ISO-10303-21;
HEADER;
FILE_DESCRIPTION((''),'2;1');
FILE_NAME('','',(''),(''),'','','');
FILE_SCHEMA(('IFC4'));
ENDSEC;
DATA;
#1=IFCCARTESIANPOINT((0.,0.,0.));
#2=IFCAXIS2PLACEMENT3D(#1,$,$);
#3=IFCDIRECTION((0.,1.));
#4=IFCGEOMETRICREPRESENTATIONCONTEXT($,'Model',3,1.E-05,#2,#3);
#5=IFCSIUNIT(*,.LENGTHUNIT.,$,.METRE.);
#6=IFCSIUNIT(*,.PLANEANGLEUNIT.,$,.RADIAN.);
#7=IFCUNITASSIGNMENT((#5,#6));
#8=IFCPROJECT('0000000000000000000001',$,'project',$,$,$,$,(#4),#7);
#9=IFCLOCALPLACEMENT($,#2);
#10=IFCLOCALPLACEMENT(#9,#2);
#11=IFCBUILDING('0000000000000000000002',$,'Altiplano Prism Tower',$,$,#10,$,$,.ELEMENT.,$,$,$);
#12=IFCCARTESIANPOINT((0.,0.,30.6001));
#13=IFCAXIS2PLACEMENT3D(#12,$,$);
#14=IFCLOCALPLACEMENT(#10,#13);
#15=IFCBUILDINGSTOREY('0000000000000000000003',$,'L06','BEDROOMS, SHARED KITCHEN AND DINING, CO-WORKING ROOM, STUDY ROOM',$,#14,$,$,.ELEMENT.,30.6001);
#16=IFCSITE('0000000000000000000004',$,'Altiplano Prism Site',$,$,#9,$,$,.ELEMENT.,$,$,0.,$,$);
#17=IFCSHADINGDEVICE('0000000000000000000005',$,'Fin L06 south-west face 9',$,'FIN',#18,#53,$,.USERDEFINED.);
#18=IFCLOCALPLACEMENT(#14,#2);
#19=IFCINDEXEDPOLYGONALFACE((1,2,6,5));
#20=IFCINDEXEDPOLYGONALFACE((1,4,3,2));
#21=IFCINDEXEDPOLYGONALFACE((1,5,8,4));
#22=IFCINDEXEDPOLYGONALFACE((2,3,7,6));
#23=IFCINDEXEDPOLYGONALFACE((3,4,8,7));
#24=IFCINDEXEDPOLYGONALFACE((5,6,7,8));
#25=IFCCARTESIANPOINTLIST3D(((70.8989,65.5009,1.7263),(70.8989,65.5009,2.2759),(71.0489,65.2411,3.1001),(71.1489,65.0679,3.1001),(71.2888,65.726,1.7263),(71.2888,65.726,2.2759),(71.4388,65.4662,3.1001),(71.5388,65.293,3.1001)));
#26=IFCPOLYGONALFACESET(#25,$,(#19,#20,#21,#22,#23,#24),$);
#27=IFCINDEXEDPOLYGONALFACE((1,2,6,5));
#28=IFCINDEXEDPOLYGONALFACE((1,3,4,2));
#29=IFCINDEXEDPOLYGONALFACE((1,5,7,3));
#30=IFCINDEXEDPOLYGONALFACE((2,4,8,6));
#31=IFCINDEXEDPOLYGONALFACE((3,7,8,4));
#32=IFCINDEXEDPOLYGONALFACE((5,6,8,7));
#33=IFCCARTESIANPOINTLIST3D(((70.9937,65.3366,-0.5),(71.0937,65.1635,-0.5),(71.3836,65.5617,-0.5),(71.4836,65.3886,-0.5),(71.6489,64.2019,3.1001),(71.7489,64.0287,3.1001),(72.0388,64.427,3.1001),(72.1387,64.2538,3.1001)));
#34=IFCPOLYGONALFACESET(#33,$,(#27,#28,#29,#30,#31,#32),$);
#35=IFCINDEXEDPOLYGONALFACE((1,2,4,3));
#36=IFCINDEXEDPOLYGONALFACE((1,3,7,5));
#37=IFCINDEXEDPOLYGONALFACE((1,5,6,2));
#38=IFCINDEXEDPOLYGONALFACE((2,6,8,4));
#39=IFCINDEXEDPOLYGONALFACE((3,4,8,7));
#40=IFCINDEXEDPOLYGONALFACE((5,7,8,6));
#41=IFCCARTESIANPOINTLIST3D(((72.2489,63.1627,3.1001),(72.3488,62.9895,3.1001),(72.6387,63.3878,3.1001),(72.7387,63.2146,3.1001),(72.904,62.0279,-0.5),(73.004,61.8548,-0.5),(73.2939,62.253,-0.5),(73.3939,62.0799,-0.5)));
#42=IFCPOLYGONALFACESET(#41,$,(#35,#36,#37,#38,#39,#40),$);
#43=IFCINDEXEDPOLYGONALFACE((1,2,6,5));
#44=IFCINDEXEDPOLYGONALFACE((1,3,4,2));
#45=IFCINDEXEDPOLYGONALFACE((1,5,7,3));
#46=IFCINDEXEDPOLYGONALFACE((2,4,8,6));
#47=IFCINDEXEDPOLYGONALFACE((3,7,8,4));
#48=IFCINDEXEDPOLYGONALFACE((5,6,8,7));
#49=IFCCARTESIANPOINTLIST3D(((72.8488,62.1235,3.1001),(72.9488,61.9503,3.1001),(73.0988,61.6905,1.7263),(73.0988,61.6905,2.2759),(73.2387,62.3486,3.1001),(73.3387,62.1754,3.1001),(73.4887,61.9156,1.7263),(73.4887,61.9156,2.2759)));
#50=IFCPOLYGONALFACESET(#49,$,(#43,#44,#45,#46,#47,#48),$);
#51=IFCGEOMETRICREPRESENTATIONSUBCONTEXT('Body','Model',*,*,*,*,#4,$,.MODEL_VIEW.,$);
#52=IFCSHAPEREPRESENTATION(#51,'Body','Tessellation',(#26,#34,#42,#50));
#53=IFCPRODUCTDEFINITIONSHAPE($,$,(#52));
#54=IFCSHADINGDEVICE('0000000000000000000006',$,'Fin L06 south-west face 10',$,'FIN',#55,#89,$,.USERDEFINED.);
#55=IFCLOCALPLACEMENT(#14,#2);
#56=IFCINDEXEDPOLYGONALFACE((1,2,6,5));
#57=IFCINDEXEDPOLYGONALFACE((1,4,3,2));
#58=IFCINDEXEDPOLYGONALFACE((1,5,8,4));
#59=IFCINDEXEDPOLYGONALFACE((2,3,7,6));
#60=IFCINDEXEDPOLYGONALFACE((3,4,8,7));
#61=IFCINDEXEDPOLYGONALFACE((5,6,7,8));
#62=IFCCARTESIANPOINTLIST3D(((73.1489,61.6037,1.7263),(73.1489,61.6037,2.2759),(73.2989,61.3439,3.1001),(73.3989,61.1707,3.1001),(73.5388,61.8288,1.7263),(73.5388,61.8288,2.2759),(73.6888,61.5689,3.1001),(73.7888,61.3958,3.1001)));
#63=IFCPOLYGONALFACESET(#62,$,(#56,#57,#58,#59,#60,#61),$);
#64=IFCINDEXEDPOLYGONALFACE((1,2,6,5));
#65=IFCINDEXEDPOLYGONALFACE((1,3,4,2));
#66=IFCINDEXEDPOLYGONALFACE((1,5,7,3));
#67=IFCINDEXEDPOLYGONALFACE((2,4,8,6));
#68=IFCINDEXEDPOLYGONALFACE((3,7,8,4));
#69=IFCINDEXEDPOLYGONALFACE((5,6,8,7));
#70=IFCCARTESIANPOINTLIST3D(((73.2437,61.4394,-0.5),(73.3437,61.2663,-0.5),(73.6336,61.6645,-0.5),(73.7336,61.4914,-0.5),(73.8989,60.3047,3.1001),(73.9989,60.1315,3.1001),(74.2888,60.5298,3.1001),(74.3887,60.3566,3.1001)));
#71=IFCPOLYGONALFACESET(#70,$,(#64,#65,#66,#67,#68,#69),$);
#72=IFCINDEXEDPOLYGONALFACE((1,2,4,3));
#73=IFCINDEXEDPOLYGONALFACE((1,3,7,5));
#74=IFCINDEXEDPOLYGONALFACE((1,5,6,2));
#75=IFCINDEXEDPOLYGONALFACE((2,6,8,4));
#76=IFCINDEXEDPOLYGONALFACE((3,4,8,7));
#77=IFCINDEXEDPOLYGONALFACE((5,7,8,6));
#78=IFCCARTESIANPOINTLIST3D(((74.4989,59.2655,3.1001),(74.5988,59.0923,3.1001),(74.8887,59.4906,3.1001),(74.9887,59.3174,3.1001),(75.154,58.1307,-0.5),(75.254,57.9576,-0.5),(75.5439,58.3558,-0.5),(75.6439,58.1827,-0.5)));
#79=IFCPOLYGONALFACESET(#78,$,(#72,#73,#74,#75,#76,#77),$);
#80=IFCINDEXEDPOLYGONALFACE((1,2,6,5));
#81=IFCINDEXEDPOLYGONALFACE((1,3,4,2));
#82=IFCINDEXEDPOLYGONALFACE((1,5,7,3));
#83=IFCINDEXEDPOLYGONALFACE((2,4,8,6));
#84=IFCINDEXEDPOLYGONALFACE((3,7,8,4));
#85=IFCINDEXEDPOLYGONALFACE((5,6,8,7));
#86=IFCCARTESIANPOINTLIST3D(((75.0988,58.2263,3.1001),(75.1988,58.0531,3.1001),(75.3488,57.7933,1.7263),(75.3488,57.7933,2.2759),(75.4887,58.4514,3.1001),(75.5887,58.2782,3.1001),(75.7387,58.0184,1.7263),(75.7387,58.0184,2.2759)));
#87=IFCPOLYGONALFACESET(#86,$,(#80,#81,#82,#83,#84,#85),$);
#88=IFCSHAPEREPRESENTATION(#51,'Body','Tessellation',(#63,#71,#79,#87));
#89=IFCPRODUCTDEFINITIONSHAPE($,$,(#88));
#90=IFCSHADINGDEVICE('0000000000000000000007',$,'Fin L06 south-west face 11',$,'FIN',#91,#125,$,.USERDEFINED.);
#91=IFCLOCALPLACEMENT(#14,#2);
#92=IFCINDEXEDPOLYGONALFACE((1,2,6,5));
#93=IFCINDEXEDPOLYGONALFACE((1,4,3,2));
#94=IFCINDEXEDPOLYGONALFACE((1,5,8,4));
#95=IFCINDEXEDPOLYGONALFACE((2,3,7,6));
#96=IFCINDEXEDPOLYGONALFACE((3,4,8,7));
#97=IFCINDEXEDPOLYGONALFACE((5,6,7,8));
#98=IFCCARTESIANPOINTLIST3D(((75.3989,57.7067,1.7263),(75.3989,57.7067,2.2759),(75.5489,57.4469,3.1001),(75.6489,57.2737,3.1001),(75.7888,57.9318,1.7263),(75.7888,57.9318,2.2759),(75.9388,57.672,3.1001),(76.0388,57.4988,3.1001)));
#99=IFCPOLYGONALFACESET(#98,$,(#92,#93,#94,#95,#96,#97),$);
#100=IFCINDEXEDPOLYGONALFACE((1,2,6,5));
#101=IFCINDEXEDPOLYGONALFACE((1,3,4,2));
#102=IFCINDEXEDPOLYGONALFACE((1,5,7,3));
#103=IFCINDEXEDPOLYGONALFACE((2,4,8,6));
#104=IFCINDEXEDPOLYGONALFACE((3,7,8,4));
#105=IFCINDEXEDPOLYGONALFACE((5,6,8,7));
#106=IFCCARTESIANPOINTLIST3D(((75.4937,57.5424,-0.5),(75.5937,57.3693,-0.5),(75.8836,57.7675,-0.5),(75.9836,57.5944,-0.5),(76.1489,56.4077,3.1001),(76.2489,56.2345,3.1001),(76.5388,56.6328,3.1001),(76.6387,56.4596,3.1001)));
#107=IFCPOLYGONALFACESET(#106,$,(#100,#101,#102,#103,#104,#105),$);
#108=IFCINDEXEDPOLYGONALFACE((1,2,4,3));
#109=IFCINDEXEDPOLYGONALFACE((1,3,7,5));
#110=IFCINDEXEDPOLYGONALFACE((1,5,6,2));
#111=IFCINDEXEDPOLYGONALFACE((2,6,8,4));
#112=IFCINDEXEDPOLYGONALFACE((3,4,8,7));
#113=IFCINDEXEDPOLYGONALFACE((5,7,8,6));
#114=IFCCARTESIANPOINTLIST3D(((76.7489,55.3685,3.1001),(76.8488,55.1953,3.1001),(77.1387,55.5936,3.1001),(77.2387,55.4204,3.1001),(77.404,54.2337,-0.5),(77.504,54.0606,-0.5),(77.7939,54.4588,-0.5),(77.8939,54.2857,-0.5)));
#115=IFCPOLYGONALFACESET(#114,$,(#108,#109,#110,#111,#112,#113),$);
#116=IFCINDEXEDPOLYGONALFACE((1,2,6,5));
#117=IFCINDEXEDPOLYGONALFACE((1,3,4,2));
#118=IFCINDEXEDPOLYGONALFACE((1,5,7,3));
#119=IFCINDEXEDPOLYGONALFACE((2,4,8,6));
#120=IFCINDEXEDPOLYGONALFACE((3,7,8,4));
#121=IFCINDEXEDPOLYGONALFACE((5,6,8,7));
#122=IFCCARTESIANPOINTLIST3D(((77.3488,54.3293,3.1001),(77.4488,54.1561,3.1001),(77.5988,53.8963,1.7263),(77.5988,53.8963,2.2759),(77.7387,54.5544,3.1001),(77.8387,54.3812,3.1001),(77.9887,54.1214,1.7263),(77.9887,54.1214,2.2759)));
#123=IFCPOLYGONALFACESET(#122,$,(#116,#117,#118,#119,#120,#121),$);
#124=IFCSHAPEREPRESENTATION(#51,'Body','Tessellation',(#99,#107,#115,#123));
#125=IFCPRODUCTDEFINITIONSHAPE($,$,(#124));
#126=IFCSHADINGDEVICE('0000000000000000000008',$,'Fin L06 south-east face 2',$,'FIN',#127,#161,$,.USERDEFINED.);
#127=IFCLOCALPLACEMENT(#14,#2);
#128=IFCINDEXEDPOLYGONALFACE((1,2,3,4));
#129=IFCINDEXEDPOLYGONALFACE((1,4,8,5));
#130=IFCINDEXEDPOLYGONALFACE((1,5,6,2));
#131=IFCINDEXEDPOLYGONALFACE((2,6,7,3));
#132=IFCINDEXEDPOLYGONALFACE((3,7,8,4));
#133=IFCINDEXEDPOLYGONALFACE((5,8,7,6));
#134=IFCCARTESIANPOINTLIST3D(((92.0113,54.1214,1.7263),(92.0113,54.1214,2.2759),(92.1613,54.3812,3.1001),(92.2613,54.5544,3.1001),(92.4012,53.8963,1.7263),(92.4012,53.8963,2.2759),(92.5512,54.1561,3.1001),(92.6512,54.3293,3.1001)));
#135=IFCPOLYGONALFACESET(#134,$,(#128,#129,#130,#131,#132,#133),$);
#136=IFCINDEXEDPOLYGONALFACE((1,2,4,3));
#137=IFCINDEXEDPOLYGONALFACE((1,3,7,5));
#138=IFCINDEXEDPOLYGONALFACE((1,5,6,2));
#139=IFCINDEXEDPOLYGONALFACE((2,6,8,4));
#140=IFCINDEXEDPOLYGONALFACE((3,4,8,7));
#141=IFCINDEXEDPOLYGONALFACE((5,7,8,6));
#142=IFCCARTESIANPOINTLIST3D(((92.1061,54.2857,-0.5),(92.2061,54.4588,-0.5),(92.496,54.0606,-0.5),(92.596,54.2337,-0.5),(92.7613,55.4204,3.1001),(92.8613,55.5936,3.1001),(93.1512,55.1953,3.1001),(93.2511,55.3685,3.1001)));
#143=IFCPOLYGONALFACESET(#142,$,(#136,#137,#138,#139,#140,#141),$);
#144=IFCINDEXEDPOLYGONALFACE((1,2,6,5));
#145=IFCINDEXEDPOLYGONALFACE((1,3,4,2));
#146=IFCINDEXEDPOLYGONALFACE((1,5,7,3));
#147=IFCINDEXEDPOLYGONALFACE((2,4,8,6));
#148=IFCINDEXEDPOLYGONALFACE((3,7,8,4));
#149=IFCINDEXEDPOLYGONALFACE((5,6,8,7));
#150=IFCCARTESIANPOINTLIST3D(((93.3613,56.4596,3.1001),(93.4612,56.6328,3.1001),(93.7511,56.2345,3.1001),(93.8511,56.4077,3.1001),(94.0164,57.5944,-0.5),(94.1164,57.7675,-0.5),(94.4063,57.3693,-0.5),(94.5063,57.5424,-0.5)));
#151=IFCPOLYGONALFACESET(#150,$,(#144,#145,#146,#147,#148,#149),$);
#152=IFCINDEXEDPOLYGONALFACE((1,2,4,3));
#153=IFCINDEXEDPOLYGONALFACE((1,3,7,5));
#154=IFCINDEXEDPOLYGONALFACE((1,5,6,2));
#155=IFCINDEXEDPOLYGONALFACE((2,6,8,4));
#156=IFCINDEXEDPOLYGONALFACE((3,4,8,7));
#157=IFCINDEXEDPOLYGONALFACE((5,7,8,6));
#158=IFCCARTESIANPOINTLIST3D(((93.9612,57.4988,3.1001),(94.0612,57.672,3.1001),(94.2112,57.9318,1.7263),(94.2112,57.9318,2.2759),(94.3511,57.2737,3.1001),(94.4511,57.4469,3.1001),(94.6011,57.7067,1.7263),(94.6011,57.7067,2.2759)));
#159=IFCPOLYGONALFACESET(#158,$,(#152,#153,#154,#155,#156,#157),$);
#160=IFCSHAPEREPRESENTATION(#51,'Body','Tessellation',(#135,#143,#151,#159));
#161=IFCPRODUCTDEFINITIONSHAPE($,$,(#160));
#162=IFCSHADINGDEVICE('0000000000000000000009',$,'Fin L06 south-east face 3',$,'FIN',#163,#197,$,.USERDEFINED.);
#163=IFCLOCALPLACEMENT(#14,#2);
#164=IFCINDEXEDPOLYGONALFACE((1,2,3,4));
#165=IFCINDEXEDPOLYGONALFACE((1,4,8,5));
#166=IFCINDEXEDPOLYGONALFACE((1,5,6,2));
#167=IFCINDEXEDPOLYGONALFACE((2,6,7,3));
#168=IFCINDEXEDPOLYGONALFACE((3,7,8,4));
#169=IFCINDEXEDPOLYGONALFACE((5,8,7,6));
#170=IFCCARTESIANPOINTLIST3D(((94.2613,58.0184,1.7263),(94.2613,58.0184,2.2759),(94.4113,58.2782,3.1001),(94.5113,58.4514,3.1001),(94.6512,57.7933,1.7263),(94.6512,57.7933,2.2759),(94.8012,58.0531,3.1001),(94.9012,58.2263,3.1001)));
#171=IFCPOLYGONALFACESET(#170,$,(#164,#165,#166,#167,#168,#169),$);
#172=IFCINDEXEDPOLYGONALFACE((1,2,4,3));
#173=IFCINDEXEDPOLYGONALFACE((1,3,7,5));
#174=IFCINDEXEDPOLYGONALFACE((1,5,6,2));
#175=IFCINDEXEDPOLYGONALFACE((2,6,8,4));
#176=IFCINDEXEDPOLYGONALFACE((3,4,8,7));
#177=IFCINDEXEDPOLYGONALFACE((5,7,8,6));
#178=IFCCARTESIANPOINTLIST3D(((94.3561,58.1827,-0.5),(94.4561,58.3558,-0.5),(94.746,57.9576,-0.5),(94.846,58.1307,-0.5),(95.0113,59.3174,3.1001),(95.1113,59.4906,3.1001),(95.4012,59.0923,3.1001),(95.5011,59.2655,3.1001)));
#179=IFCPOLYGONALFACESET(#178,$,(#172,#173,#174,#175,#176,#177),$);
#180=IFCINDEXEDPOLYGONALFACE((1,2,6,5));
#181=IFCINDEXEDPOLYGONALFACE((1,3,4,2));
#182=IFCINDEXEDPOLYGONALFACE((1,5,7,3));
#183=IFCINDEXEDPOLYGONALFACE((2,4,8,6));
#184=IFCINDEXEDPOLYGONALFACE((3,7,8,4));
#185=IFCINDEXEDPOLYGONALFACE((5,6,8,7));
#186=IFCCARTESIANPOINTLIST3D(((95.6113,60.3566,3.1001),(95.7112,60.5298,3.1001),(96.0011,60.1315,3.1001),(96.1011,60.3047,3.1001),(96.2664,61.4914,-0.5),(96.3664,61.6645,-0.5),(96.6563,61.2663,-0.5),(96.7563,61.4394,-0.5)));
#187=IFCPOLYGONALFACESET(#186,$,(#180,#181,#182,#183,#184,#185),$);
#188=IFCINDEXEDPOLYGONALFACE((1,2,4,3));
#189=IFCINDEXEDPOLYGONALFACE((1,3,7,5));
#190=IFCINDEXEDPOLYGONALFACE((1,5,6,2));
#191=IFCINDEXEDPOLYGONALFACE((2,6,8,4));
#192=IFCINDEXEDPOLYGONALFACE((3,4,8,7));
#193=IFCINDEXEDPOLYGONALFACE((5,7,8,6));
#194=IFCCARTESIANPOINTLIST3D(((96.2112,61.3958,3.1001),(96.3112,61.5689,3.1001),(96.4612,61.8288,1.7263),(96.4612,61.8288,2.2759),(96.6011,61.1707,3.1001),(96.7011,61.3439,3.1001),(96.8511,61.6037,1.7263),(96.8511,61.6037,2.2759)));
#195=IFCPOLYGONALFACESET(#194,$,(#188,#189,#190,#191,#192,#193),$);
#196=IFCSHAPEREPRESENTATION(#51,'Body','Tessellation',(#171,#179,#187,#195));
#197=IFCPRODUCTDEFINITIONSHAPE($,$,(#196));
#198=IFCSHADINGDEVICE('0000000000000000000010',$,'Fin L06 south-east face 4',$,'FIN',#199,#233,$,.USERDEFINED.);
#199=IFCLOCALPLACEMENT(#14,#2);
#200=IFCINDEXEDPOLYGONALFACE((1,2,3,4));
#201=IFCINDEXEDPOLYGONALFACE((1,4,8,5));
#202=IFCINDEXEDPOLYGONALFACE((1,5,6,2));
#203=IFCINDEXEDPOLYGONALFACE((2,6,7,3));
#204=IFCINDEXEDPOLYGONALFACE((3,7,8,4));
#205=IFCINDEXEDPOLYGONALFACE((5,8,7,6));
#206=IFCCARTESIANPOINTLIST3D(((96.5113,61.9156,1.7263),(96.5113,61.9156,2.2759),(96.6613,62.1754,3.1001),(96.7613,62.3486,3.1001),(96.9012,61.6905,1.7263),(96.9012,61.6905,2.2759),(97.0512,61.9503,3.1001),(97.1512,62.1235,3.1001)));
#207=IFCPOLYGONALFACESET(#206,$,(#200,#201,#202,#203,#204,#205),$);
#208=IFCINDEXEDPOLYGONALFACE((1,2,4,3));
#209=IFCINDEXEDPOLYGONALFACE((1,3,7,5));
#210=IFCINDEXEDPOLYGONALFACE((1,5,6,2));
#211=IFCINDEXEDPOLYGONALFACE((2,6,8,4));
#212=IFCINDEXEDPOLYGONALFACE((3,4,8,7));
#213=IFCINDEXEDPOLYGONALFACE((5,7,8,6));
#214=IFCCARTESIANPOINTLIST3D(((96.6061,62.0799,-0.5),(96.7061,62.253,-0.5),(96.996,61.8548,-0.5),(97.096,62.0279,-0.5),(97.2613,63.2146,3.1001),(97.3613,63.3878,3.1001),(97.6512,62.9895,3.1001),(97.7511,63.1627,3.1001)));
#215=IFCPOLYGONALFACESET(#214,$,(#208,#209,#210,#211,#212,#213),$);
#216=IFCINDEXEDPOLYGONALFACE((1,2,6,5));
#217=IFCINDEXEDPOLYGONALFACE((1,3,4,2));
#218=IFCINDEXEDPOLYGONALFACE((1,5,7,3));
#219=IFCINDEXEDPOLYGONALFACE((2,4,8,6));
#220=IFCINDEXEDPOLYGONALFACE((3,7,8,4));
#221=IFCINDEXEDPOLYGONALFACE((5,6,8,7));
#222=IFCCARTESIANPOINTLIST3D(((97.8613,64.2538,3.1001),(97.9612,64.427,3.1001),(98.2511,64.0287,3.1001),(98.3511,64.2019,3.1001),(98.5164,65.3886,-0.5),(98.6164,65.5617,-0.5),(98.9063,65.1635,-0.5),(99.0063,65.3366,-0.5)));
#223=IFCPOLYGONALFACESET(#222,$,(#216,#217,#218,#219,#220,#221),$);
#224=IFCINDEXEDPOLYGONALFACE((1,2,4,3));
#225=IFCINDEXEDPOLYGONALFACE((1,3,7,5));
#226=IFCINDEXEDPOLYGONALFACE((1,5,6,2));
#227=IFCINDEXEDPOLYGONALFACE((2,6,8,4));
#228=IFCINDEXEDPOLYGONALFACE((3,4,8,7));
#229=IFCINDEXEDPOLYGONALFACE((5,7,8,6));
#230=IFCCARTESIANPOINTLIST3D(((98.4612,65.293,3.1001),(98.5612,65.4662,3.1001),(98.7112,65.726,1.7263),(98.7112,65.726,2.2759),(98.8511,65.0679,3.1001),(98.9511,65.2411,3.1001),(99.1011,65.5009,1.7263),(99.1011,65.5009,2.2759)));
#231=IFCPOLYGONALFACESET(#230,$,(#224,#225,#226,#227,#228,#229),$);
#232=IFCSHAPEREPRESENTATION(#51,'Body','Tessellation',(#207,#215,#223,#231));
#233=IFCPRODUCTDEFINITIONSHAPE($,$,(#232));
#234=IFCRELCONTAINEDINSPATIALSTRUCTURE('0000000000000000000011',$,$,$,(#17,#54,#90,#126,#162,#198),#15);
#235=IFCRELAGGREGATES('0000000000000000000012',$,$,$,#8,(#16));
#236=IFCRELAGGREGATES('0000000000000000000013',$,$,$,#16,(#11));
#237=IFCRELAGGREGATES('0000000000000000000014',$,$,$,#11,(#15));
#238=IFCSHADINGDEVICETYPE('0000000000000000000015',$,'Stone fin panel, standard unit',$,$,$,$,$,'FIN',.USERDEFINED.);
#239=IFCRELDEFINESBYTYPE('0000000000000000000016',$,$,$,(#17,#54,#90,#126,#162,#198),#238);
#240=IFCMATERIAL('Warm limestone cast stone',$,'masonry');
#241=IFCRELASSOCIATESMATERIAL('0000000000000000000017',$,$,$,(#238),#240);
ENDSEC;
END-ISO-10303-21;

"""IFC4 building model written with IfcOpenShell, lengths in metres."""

from ifc_helpers import new_model, si_unit, direction, frame, origin, place, context, subcontext, project, spatial, polyline, outline, extrude, source, transform, mapped, material, type_object, element, save


model = new_model("IFC4")

# Units and contexts
model_context = context("Model", 3, precision=1e-05, world=origin(), true_north=direction((0.0, 1.0)))
body_context = subcontext(model_context, "Body", "Model", "MODEL_VIEW")
ifc_project = project(units=[si_unit("LENGTHUNIT", "METRE"), si_unit("PLANEANGLEUNIT", "RADIAN")], contexts=[model_context])

# Site, building, storey
site_placement = place(None, origin())
site = spatial("IfcSite", under=ifc_project, at=site_placement, Name="Altiplano Prism Site", CompositionType="ELEMENT", RefElevation=0.0)
building_placement = place(site_placement, origin())
building = spatial("IfcBuilding", under=site, at=building_placement, Name="Altiplano Prism Tower", CompositionType="ELEMENT")
storey_placement = place(building_placement, frame((0.0, 0.0, 30.6001)))
storey = spatial("IfcBuildingStorey", under=building, at=storey_placement, Name="L06", Description="BEDROOMS, SHARED KITCHEN AND DINING, CO-WORKING ROOM, STUDY ROOM", CompositionType="ELEMENT", Elevation=30.6001)

# Shading devices
ifc_material_1 = material(Name="Warm limestone cast stone", Category="masonry")
shading_device_type_1 = type_object("IfcShadingDeviceType", Name="Stone fin panel, standard unit", ElementType="FIN", PredefinedType="USERDEFINED", material=ifc_material_1)
shared_shape_1 = source(origin(), body_context, "Body", "SweptSolid", [
    extrude(outline(polyline([(-2.2, 2.2263), (-1.7, 3.6001), (-1.8999, 3.6001), (-2.2, 2.7759), (-2.2, 2.2263)])), frame((0.0, -0.1499, 0.0), z_axis=(0.0, -1.0, 0.0), x_axis=(1.0, 0.0, 0.0)), (0.0, 0.0, 1.0), 0.4502),
    extrude(outline(polyline([(-2.0103, 0.0), (-1.8103, 0.0), (-0.5, 3.6001), (-0.7, 3.6001), (-2.0103, 0.0)])), frame((0.0, -0.1499, 0.0), z_axis=(0.0, -1.0, 0.0), x_axis=(1.0, 0.0, 0.0)), (0.0, 0.0, 1.0), 0.4502),
    extrude(outline(polyline([(1.8103, 0.0), (2.0103, 0.0), (0.7, 3.6001), (0.5, 3.6001), (1.8103, 0.0)])), frame((0.0, -0.1499, 0.0), z_axis=(0.0, -1.0, 0.0), x_axis=(1.0, 0.0, 0.0)), (0.0, 0.0, 1.0), 0.4502),
    extrude(outline(polyline([(2.2, 2.7759), (1.8999, 3.6001), (1.7, 3.6001), (2.2, 2.2263), (2.2, 2.7759)])), frame((0.0, -0.1499, 0.0), z_axis=(0.0, -1.0, 0.0), x_axis=(1.0, 0.0, 0.0)), (0.0, 0.0, 1.0), 0.4502),
])
shading_device_1_placement = place(storey_placement, origin())
element("IfcShadingDevice", 1, at=shading_device_1_placement, inside=storey, type_object=shading_device_type_1, Name="Fin L06 south-west face 9", ObjectType="FIN", PredefinedType="USERDEFINED", context=body_context, shape_type="MappedRepresentation", body=[
    mapped(shared_shape_1, transform((72.5186, 63.8958, -0.5), x_axis=(0.5, -0.866025, 0.0), y_axis=(0.866025, 0.5, 0.0), z_axis=(0.0, 0.0, 1.0))),
])
shading_device_2_placement = place(storey_placement, origin())
element("IfcShadingDevice", 2, at=shading_device_2_placement, inside=storey, type_object=shading_device_type_1, Name="Fin L06 south-west face 10", ObjectType="FIN", PredefinedType="USERDEFINED", context=body_context, shape_type="MappedRepresentation", body=[
    mapped(shared_shape_1, transform((74.7686, 59.9985, -0.5), x_axis=(0.5, -0.866025, 0.0), y_axis=(0.866025, 0.5, 0.0), z_axis=(0.0, 0.0, 1.0))),
])
shading_device_3_placement = place(storey_placement, origin())
element("IfcShadingDevice", 3, at=shading_device_3_placement, inside=storey, type_object=shading_device_type_1, Name="Fin L06 south-west face 11", ObjectType="FIN", PredefinedType="USERDEFINED", context=body_context, shape_type="MappedRepresentation", body=[
    mapped(shared_shape_1, transform((77.0186, 56.1016, -0.5), x_axis=(0.5, -0.866025, 0.0), y_axis=(0.866025, 0.5, 0.0), z_axis=(0.0, 0.0, 1.0))),
])
shading_device_4_placement = place(storey_placement, origin())
element("IfcShadingDevice", 4, at=shading_device_4_placement, inside=storey, type_object=shading_device_type_1, Name="Fin L06 south-east face 2", ObjectType="FIN", PredefinedType="USERDEFINED", context=body_context, shape_type="MappedRepresentation", body=[
    mapped(shared_shape_1, transform((92.9814, 56.1016, -0.5), x_axis=(0.5, 0.866025, 0.0), y_axis=(-0.866025, 0.5, 0.0), z_axis=(0.0, 0.0, 1.0))),
])
shading_device_5_placement = place(storey_placement, origin())
element("IfcShadingDevice", 5, at=shading_device_5_placement, inside=storey, type_object=shading_device_type_1, Name="Fin L06 south-east face 3", ObjectType="FIN", PredefinedType="USERDEFINED", context=body_context, shape_type="MappedRepresentation", body=[
    mapped(shared_shape_1, transform((95.2314, 59.9985, -0.5), x_axis=(0.5, 0.866025, 0.0), y_axis=(-0.866025, 0.5, 0.0), z_axis=(0.0, 0.0, 1.0))),
])
shading_device_6_placement = place(storey_placement, origin())
element("IfcShadingDevice", 6, at=shading_device_6_placement, inside=storey, type_object=shading_device_type_1, Name="Fin L06 south-east face 4", ObjectType="FIN", PredefinedType="USERDEFINED", context=body_context, shape_type="MappedRepresentation", body=[
    mapped(shared_shape_1, transform((97.4814, 63.8958, -0.5), x_axis=(0.5, 0.866025, 0.0), y_axis=(-0.866025, 0.5, 0.0), z_axis=(0.0, 0.0, 1.0))),
])

save(model, "model.ifc")
